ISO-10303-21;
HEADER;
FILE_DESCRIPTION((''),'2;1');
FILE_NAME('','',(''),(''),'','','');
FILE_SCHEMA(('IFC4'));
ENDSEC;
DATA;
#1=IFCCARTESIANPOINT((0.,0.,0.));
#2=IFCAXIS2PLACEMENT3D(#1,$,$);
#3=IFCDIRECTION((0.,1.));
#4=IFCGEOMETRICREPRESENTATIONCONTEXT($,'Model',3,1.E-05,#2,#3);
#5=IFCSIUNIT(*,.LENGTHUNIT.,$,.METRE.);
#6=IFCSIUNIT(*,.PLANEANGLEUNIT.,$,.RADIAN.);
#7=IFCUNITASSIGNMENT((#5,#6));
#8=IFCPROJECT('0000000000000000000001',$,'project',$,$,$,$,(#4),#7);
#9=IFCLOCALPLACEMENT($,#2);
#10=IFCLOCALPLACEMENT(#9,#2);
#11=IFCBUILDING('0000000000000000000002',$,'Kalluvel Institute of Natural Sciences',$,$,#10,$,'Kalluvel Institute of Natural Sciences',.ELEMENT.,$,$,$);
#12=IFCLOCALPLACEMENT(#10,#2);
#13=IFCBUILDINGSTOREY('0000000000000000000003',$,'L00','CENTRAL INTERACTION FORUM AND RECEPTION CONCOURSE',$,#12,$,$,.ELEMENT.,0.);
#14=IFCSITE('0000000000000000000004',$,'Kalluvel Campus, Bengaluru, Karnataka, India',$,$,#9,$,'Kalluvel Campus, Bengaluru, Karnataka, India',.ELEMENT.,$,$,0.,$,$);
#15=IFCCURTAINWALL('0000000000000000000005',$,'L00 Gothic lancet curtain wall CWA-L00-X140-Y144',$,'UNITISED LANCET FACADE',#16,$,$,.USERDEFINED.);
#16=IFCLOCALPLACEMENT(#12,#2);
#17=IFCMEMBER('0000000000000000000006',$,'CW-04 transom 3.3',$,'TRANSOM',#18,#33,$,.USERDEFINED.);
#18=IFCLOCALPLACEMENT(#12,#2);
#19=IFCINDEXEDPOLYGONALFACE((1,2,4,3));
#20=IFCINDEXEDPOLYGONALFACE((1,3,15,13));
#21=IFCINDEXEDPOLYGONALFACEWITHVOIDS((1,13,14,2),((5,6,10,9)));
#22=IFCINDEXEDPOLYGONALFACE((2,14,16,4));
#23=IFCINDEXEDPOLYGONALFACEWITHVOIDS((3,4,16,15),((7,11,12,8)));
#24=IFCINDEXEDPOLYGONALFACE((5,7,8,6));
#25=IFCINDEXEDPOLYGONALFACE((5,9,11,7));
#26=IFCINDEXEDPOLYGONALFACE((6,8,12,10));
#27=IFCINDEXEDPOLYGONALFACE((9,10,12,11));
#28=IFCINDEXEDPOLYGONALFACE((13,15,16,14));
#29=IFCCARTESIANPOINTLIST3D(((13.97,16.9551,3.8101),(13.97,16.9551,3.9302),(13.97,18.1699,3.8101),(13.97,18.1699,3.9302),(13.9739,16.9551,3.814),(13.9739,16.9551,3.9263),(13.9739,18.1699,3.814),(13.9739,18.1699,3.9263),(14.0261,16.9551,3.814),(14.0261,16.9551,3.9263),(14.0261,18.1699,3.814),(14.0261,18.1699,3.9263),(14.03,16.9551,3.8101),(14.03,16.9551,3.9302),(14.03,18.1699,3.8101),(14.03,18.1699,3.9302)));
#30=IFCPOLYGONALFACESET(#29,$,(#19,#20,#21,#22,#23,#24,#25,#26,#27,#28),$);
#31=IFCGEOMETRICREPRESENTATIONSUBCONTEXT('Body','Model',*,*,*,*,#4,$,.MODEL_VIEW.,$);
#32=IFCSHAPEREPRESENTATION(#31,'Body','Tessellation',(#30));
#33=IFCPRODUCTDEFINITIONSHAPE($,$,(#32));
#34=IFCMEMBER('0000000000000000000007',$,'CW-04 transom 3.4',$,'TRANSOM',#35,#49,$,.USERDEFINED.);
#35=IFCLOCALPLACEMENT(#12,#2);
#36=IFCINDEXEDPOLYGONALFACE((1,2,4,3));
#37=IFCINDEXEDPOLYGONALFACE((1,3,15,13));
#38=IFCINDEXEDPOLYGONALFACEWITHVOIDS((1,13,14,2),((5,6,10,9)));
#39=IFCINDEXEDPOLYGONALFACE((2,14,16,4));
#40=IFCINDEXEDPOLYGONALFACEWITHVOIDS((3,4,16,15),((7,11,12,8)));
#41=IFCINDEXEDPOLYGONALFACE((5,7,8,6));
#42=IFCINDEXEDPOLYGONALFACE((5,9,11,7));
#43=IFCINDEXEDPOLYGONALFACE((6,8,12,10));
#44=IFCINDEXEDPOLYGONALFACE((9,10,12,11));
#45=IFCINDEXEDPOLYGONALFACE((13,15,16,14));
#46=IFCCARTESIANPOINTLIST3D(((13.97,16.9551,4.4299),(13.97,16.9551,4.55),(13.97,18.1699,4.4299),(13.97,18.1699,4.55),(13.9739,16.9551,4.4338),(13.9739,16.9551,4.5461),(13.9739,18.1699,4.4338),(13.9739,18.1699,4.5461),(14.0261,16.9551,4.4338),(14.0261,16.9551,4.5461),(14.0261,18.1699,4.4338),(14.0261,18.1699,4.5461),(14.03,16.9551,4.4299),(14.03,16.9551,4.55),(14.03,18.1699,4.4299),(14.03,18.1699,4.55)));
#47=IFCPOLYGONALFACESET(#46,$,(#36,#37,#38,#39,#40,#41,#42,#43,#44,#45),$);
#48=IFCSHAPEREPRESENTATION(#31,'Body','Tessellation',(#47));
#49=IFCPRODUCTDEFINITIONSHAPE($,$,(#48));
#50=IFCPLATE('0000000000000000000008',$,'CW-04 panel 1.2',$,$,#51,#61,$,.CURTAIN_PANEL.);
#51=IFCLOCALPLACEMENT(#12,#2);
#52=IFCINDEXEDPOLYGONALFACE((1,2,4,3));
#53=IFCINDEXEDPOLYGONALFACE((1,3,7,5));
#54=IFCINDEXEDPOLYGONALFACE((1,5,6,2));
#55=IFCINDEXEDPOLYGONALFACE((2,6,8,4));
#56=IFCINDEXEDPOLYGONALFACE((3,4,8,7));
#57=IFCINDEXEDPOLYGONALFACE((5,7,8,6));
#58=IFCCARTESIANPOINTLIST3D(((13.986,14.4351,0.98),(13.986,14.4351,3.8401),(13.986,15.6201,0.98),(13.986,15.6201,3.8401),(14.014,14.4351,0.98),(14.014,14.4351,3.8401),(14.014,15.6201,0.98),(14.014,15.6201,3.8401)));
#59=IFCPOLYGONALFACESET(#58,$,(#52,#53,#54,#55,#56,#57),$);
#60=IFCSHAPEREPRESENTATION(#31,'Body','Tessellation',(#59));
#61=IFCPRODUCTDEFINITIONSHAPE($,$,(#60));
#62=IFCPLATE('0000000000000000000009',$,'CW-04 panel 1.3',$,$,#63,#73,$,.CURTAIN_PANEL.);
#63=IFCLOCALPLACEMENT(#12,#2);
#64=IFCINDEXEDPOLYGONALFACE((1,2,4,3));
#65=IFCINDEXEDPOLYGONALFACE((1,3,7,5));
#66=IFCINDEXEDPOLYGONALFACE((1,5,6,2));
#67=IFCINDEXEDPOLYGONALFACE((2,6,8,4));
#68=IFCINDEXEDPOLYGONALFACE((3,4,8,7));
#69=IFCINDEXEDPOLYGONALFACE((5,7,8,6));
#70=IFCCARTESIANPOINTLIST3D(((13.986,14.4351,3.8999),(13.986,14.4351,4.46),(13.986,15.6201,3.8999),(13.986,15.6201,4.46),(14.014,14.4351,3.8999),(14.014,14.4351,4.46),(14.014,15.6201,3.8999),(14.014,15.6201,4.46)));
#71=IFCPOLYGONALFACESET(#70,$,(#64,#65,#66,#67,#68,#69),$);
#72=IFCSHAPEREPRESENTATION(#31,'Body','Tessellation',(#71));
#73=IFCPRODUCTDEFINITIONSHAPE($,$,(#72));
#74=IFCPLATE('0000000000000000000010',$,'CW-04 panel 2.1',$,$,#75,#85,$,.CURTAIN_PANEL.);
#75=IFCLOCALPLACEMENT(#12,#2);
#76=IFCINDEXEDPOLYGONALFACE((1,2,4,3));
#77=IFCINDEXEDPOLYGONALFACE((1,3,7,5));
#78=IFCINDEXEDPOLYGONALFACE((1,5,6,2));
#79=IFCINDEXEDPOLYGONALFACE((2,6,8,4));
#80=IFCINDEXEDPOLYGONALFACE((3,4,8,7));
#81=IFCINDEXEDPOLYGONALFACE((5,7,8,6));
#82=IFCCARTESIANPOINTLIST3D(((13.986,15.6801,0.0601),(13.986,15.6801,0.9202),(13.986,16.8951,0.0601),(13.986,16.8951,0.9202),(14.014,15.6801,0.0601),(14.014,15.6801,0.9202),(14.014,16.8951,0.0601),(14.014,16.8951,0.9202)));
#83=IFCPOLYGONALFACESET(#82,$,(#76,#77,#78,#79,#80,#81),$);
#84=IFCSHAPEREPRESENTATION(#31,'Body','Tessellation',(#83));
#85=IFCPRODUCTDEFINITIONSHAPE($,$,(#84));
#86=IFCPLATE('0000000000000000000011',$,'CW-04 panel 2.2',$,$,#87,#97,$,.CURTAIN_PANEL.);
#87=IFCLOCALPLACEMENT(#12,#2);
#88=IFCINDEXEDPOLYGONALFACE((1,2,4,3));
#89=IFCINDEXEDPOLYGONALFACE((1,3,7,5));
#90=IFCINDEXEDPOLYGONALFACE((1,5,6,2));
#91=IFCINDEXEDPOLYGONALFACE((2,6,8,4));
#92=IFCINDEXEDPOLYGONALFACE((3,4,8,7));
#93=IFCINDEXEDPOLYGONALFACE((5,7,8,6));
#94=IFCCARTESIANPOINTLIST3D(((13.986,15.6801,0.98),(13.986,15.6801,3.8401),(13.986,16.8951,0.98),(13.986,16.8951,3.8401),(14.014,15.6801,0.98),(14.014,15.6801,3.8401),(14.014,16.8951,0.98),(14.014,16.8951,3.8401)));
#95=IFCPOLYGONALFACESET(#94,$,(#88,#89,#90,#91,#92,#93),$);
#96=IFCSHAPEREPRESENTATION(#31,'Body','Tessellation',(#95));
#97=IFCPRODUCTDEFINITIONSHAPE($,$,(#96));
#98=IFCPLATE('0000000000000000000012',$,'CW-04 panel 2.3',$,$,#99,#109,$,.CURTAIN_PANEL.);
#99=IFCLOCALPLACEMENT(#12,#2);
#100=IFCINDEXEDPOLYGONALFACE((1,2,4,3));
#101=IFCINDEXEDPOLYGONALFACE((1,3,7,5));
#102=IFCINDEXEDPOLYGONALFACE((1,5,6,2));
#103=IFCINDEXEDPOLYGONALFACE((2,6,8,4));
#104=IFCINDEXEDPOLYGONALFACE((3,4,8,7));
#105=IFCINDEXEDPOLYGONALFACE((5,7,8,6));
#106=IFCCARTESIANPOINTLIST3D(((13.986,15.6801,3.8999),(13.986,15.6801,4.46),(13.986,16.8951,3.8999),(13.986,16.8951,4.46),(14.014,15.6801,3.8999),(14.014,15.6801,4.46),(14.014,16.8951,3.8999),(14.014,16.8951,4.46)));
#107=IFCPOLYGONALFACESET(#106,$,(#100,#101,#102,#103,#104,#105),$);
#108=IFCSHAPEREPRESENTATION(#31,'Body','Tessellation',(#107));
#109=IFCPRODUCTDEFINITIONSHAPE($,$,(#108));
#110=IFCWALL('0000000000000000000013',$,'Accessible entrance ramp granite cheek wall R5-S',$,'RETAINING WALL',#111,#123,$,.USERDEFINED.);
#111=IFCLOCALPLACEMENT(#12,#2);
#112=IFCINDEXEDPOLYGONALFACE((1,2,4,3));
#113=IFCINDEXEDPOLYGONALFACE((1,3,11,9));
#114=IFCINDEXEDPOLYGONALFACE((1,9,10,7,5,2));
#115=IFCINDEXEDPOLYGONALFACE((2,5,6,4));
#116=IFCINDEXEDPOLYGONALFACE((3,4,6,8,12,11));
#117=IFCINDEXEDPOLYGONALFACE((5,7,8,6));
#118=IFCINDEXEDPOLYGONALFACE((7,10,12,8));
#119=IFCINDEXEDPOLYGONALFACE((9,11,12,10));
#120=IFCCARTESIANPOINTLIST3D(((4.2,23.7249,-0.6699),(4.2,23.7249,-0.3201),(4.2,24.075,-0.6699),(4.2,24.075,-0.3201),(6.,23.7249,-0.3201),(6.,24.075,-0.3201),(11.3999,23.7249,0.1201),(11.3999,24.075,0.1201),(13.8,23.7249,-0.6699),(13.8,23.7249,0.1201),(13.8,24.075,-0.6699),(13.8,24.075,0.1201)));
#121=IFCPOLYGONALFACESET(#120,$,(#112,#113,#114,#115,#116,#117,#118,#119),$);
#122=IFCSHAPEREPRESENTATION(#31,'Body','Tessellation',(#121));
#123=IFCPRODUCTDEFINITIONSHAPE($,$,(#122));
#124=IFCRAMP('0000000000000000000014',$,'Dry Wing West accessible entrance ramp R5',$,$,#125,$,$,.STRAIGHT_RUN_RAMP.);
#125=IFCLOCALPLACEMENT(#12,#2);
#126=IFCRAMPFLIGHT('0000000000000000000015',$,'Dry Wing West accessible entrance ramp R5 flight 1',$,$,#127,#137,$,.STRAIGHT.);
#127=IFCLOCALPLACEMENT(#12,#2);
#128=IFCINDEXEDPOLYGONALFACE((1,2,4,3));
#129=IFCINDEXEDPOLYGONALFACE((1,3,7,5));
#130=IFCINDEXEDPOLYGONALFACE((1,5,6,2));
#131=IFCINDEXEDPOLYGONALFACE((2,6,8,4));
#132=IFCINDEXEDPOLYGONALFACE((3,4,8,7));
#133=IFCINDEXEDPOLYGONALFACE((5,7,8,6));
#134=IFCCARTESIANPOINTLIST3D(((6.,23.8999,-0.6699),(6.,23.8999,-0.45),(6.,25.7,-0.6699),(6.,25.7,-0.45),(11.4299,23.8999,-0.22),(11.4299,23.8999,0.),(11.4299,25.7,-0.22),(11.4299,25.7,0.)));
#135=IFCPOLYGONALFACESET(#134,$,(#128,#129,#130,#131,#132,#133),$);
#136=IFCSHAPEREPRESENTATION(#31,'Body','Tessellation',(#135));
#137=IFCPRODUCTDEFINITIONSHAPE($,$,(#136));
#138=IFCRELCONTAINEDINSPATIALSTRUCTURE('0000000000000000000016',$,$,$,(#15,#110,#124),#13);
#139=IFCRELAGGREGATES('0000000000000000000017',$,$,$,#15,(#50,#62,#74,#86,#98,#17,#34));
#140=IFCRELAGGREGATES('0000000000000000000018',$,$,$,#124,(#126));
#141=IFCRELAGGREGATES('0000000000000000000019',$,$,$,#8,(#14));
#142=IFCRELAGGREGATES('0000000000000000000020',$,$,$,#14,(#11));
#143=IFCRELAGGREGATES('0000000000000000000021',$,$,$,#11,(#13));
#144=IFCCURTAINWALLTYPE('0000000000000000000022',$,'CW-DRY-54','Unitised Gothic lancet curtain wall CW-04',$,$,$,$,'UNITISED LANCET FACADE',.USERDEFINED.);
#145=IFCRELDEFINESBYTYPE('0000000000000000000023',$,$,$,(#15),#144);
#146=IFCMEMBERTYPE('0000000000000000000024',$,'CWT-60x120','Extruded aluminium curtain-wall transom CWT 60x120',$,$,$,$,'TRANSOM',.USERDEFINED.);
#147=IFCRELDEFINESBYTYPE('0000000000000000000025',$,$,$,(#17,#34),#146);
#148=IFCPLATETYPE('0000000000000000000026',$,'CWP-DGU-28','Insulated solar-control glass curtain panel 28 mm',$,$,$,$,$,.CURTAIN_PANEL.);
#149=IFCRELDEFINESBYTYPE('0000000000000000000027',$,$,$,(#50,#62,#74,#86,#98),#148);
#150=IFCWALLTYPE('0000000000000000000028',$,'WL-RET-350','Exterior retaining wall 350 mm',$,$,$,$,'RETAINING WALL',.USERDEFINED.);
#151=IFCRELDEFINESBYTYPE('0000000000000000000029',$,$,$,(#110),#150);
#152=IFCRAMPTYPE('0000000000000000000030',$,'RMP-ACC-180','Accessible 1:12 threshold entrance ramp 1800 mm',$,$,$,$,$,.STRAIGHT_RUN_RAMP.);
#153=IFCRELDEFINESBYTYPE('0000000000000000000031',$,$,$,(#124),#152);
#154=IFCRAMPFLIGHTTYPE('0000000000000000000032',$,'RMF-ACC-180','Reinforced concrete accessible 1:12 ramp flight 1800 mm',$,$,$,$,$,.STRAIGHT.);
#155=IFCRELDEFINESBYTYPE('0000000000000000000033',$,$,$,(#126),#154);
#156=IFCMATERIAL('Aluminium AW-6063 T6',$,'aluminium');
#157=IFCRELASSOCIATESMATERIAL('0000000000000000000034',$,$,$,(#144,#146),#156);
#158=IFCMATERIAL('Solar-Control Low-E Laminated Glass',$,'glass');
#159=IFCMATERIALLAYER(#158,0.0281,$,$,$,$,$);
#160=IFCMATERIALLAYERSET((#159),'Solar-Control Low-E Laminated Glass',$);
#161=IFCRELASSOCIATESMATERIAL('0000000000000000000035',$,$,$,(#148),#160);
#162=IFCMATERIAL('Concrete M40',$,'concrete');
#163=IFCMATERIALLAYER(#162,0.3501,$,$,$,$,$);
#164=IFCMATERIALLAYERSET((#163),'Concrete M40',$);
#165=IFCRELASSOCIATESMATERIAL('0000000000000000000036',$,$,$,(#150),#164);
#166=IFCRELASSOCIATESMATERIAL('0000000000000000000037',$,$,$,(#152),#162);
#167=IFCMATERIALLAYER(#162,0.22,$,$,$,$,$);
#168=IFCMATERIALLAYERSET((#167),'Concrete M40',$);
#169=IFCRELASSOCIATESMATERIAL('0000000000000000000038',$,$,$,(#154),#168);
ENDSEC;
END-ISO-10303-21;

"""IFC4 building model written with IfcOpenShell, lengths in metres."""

from ifc_helpers import new_model, si_unit, direction, frame, origin, origin_2d, place, context, subcontext, project, spatial, polyline, rectangle, hollow_rectangle, outline, extrude, material, layer, layer_set, material_profile, profile_set, type_object, element, aggregate, save


model = new_model("IFC4")

# Units and contexts
model_context = context("Model", 3, precision=1e-05, world=origin(), true_north=direction((0.0, 1.0)))
body_context = subcontext(model_context, "Body", "Model", "MODEL_VIEW")
ifc_project = project(units=[si_unit("LENGTHUNIT", "METRE"), si_unit("PLANEANGLEUNIT", "RADIAN")], contexts=[model_context])

# Site, building, storey
site_placement = place(None, origin())
site = spatial("IfcSite", under=ifc_project, at=site_placement, Name="Kalluvel Campus, Bengaluru, Karnataka, India", LongName="Kalluvel Campus, Bengaluru, Karnataka, India", CompositionType="ELEMENT", RefElevation=0.0)
building_placement = place(site_placement, origin())
building = spatial("IfcBuilding", under=site, at=building_placement, Name="Kalluvel Institute of Natural Sciences", LongName="Kalluvel Institute of Natural Sciences", CompositionType="ELEMENT")
storey_placement = place(building_placement, origin())
storey = spatial("IfcBuildingStorey", under=building, at=storey_placement, Name="L00", Description="CENTRAL INTERACTION FORUM AND RECEPTION CONCOURSE", CompositionType="ELEMENT", Elevation=0.0)

# Shared definitions
ifc_material_1 = material(Name="Concrete M40", Category="concrete")

# Curtain wall, members, plates
ifc_material_2 = material(Name="Aluminium AW-6063 T6", Category="aluminium")
curtain_wall_type = type_object("IfcCurtainWallType", Name="CW-DRY-54", Description="Unitised Gothic lancet curtain wall CW-04", ElementType="UNITISED LANCET FACADE", PredefinedType="USERDEFINED", material=ifc_material_2)
curtain_wall_placement = place(storey_placement, origin())
curtain_wall = element("IfcCurtainWall", 1, at=curtain_wall_placement, inside=storey, type_object=curtain_wall_type, Name="L00 Gothic lancet curtain wall CWA-L00-X140-Y144", ObjectType="UNITISED LANCET FACADE", PredefinedType="USERDEFINED")
ifc_material_profile_1 = material_profile(ifc_material_2, hollow_rectangle(XDim=0.0601, YDim=0.1201, WallThickness=0.0039, at=origin_2d()), Name="CWT 60x120")
ifc_profile_set_1 = profile_set([ifc_material_profile_1], Name="Aluminium AW-6063 T6")
member_type_1 = type_object("IfcMemberType", Name="CWT-60x120", Description="Extruded aluminium curtain-wall transom CWT 60x120", ElementType="TRANSOM", PredefinedType="USERDEFINED", material=ifc_profile_set_1)
member_1_placement = place(storey_placement, frame((14.0, 16.9551, 3.8701), z_axis=(0.0, 1.0, 0.0), x_axis=(-1.0, 0.0, 0.0)))
member_1 = element("IfcMember", 2, at=member_1_placement, type_object=member_type_1, Name="CW-04 transom 3.3", ObjectType="TRANSOM", PredefinedType="USERDEFINED", context=body_context, shape_type="SweptSolid", body=[
    extrude(hollow_rectangle(XDim=0.0601, YDim=0.1201, WallThickness=0.0039, at=origin_2d()), origin(), (0.0, 0.0, 1.0), 1.2148),
])
member_2_placement = place(storey_placement, frame((14.0, 16.9551, 4.49), z_axis=(0.0, 1.0, 0.0), x_axis=(-1.0, 0.0, 0.0)))
member_2 = element("IfcMember", 3, at=member_2_placement, type_object=member_type_1, Name="CW-04 transom 3.4", ObjectType="TRANSOM", PredefinedType="USERDEFINED", context=body_context, shape_type="SweptSolid", body=[
    extrude(hollow_rectangle(XDim=0.0601, YDim=0.1201, WallThickness=0.0039, at=origin_2d()), origin(), (0.0, 0.0, 1.0), 1.2148),
])
ifc_material_3 = material(Name="Solar-Control Low-E Laminated Glass", Category="glass")
ifc_layer_1 = layer(ifc_material_3, 0.0281)
ifc_layer_set_1 = layer_set([ifc_layer_1], Name="Solar-Control Low-E Laminated Glass")
plate_type = type_object("IfcPlateType", Name="CWP-DGU-28", Description="Insulated solar-control glass curtain panel 28 mm", PredefinedType="CURTAIN_PANEL", material=ifc_layer_set_1)
plate_1_placement = place(storey_placement, frame((14.0, 15.0276, 0.98), z_axis=(0.0, 0.0, 1.0), x_axis=(0.0, 1.0, 0.0)))
plate_1 = element("IfcPlate", 4, at=plate_1_placement, type_object=plate_type, Name="CW-04 panel 1.2", PredefinedType="CURTAIN_PANEL", context=body_context, shape_type="SweptSolid", body=[
    extrude(rectangle(XDim=1.1851, YDim=0.0281, at=origin_2d()), origin(), (0.0, 0.0, 1.0), 2.8601),
])
plate_2_placement = place(storey_placement, frame((14.0, 15.0276, 3.8999), z_axis=(0.0, 0.0, 1.0), x_axis=(0.0, 1.0, 0.0)))
plate_2 = element("IfcPlate", 5, at=plate_2_placement, type_object=plate_type, Name="CW-04 panel 1.3", PredefinedType="CURTAIN_PANEL", context=body_context, shape_type="SweptSolid", body=[
    extrude(rectangle(XDim=1.1851, YDim=0.0281, at=origin_2d()), origin(), (0.0, 0.0, 1.0), 0.5601),
])
plate_3_placement = place(storey_placement, frame((14.0, 16.2876, 0.0601), z_axis=(0.0, 0.0, 1.0), x_axis=(0.0, 1.0, 0.0)))
plate_3 = element("IfcPlate", 6, at=plate_3_placement, type_object=plate_type, Name="CW-04 panel 2.1", PredefinedType="CURTAIN_PANEL", context=body_context, shape_type="SweptSolid", body=[
    extrude(rectangle(XDim=1.2151, YDim=0.0281, at=origin_2d()), origin(), (0.0, 0.0, 1.0), 0.8601),
])
plate_4_placement = place(storey_placement, frame((14.0, 16.2876, 0.98), z_axis=(0.0, 0.0, 1.0), x_axis=(0.0, 1.0, 0.0)))
plate_4 = element("IfcPlate", 7, at=plate_4_placement, type_object=plate_type, Name="CW-04 panel 2.2", PredefinedType="CURTAIN_PANEL", context=body_context, shape_type="SweptSolid", body=[
    extrude(rectangle(XDim=1.2151, YDim=0.0281, at=origin_2d()), origin(), (0.0, 0.0, 1.0), 2.8601),
])
plate_5_placement = place(storey_placement, frame((14.0, 16.2876, 3.8999), z_axis=(0.0, 0.0, 1.0), x_axis=(0.0, 1.0, 0.0)))
plate_5 = element("IfcPlate", 8, at=plate_5_placement, type_object=plate_type, Name="CW-04 panel 2.3", PredefinedType="CURTAIN_PANEL", context=body_context, shape_type="SweptSolid", body=[
    extrude(rectangle(XDim=1.2151, YDim=0.0281, at=origin_2d()), origin(), (0.0, 0.0, 1.0), 0.5601),
])
aggregate(curtain_wall, [plate_1, plate_2, plate_3, plate_4, plate_5, member_1, member_2])

# Wall
ifc_layer_2 = layer(ifc_material_1, 0.3501)
ifc_layer_set_2 = layer_set([ifc_layer_2], Name="Concrete M40")
wall_type = type_object("IfcWallType", Name="WL-RET-350", Description="Exterior retaining wall 350 mm", ElementType="RETAINING WALL", PredefinedType="USERDEFINED", material=ifc_layer_set_2)
wall_placement = place(storey_placement, frame((4.2, 23.8999, -0.6699), z_axis=(0.0, 0.0, 1.0), x_axis=(1.0, 0.0, 0.0)))
element("IfcWall", 9, at=wall_placement, inside=storey, type_object=wall_type, Name="Accessible entrance ramp granite cheek wall R5-S", ObjectType="RETAINING WALL", PredefinedType="USERDEFINED", context=body_context, shape_type="SweptSolid", body=[
    extrude(outline(polyline([(0.0, 0.0), (9.6001, 0.0), (9.6001, 0.79), (7.2, 0.79), (1.8, 0.3499), (0.0, 0.3499), (0.0, 0.0)])), frame((0.0, 0.175, 0.0), z_axis=(0.0, -1.0, 0.0), x_axis=(1.0, 0.0, 0.0)), (0.0, 0.0, 1.0), 0.3501),
])

# Ramp, ramp flight
ramp_type = type_object("IfcRampType", Name="RMP-ACC-180", Description="Accessible 1:12 threshold entrance ramp 1800 mm", PredefinedType="STRAIGHT_RUN_RAMP", material=ifc_material_1)
ramp_placement = place(storey_placement, origin())
ramp = element("IfcRamp", 10, at=ramp_placement, inside=storey, type_object=ramp_type, Name="Dry Wing West accessible entrance ramp R5", PredefinedType="STRAIGHT_RUN_RAMP")
ifc_layer_3 = layer(ifc_material_1, 0.22)
ifc_layer_set_3 = layer_set([ifc_layer_3], Name="Concrete M40")
ramp_flight_type = type_object("IfcRampFlightType", Name="RMF-ACC-180", Description="Reinforced concrete accessible 1:12 ramp flight 1800 mm", PredefinedType="STRAIGHT", material=ifc_layer_set_3)
ramp_flight_placement = place(storey_placement, frame((6.0, 24.8, -0.45), z_axis=(0.0, 0.0, 1.0), x_axis=(1.0, 0.0, 0.0)))
ramp_flight = element("IfcRampFlight", 11, at=ramp_flight_placement, type_object=ramp_flight_type, Name="Dry Wing West accessible entrance ramp R5 flight 1", PredefinedType="STRAIGHT", context=body_context, shape_type="SweptSolid", body=[
    extrude(outline(polyline([(0.0, -0.22), (0.0, 0.0), (5.4299, 0.45), (5.4299, 0.23), (0.0, -0.22)])), frame((0.0, 0.8999, 0.0), z_axis=(0.0, -1.0, 0.0), x_axis=(1.0, 0.0, 0.0)), (0.0, 0.0, 1.0), 1.8),
])
aggregate(ramp, [ramp_flight])

save(model, "model.ifc")
